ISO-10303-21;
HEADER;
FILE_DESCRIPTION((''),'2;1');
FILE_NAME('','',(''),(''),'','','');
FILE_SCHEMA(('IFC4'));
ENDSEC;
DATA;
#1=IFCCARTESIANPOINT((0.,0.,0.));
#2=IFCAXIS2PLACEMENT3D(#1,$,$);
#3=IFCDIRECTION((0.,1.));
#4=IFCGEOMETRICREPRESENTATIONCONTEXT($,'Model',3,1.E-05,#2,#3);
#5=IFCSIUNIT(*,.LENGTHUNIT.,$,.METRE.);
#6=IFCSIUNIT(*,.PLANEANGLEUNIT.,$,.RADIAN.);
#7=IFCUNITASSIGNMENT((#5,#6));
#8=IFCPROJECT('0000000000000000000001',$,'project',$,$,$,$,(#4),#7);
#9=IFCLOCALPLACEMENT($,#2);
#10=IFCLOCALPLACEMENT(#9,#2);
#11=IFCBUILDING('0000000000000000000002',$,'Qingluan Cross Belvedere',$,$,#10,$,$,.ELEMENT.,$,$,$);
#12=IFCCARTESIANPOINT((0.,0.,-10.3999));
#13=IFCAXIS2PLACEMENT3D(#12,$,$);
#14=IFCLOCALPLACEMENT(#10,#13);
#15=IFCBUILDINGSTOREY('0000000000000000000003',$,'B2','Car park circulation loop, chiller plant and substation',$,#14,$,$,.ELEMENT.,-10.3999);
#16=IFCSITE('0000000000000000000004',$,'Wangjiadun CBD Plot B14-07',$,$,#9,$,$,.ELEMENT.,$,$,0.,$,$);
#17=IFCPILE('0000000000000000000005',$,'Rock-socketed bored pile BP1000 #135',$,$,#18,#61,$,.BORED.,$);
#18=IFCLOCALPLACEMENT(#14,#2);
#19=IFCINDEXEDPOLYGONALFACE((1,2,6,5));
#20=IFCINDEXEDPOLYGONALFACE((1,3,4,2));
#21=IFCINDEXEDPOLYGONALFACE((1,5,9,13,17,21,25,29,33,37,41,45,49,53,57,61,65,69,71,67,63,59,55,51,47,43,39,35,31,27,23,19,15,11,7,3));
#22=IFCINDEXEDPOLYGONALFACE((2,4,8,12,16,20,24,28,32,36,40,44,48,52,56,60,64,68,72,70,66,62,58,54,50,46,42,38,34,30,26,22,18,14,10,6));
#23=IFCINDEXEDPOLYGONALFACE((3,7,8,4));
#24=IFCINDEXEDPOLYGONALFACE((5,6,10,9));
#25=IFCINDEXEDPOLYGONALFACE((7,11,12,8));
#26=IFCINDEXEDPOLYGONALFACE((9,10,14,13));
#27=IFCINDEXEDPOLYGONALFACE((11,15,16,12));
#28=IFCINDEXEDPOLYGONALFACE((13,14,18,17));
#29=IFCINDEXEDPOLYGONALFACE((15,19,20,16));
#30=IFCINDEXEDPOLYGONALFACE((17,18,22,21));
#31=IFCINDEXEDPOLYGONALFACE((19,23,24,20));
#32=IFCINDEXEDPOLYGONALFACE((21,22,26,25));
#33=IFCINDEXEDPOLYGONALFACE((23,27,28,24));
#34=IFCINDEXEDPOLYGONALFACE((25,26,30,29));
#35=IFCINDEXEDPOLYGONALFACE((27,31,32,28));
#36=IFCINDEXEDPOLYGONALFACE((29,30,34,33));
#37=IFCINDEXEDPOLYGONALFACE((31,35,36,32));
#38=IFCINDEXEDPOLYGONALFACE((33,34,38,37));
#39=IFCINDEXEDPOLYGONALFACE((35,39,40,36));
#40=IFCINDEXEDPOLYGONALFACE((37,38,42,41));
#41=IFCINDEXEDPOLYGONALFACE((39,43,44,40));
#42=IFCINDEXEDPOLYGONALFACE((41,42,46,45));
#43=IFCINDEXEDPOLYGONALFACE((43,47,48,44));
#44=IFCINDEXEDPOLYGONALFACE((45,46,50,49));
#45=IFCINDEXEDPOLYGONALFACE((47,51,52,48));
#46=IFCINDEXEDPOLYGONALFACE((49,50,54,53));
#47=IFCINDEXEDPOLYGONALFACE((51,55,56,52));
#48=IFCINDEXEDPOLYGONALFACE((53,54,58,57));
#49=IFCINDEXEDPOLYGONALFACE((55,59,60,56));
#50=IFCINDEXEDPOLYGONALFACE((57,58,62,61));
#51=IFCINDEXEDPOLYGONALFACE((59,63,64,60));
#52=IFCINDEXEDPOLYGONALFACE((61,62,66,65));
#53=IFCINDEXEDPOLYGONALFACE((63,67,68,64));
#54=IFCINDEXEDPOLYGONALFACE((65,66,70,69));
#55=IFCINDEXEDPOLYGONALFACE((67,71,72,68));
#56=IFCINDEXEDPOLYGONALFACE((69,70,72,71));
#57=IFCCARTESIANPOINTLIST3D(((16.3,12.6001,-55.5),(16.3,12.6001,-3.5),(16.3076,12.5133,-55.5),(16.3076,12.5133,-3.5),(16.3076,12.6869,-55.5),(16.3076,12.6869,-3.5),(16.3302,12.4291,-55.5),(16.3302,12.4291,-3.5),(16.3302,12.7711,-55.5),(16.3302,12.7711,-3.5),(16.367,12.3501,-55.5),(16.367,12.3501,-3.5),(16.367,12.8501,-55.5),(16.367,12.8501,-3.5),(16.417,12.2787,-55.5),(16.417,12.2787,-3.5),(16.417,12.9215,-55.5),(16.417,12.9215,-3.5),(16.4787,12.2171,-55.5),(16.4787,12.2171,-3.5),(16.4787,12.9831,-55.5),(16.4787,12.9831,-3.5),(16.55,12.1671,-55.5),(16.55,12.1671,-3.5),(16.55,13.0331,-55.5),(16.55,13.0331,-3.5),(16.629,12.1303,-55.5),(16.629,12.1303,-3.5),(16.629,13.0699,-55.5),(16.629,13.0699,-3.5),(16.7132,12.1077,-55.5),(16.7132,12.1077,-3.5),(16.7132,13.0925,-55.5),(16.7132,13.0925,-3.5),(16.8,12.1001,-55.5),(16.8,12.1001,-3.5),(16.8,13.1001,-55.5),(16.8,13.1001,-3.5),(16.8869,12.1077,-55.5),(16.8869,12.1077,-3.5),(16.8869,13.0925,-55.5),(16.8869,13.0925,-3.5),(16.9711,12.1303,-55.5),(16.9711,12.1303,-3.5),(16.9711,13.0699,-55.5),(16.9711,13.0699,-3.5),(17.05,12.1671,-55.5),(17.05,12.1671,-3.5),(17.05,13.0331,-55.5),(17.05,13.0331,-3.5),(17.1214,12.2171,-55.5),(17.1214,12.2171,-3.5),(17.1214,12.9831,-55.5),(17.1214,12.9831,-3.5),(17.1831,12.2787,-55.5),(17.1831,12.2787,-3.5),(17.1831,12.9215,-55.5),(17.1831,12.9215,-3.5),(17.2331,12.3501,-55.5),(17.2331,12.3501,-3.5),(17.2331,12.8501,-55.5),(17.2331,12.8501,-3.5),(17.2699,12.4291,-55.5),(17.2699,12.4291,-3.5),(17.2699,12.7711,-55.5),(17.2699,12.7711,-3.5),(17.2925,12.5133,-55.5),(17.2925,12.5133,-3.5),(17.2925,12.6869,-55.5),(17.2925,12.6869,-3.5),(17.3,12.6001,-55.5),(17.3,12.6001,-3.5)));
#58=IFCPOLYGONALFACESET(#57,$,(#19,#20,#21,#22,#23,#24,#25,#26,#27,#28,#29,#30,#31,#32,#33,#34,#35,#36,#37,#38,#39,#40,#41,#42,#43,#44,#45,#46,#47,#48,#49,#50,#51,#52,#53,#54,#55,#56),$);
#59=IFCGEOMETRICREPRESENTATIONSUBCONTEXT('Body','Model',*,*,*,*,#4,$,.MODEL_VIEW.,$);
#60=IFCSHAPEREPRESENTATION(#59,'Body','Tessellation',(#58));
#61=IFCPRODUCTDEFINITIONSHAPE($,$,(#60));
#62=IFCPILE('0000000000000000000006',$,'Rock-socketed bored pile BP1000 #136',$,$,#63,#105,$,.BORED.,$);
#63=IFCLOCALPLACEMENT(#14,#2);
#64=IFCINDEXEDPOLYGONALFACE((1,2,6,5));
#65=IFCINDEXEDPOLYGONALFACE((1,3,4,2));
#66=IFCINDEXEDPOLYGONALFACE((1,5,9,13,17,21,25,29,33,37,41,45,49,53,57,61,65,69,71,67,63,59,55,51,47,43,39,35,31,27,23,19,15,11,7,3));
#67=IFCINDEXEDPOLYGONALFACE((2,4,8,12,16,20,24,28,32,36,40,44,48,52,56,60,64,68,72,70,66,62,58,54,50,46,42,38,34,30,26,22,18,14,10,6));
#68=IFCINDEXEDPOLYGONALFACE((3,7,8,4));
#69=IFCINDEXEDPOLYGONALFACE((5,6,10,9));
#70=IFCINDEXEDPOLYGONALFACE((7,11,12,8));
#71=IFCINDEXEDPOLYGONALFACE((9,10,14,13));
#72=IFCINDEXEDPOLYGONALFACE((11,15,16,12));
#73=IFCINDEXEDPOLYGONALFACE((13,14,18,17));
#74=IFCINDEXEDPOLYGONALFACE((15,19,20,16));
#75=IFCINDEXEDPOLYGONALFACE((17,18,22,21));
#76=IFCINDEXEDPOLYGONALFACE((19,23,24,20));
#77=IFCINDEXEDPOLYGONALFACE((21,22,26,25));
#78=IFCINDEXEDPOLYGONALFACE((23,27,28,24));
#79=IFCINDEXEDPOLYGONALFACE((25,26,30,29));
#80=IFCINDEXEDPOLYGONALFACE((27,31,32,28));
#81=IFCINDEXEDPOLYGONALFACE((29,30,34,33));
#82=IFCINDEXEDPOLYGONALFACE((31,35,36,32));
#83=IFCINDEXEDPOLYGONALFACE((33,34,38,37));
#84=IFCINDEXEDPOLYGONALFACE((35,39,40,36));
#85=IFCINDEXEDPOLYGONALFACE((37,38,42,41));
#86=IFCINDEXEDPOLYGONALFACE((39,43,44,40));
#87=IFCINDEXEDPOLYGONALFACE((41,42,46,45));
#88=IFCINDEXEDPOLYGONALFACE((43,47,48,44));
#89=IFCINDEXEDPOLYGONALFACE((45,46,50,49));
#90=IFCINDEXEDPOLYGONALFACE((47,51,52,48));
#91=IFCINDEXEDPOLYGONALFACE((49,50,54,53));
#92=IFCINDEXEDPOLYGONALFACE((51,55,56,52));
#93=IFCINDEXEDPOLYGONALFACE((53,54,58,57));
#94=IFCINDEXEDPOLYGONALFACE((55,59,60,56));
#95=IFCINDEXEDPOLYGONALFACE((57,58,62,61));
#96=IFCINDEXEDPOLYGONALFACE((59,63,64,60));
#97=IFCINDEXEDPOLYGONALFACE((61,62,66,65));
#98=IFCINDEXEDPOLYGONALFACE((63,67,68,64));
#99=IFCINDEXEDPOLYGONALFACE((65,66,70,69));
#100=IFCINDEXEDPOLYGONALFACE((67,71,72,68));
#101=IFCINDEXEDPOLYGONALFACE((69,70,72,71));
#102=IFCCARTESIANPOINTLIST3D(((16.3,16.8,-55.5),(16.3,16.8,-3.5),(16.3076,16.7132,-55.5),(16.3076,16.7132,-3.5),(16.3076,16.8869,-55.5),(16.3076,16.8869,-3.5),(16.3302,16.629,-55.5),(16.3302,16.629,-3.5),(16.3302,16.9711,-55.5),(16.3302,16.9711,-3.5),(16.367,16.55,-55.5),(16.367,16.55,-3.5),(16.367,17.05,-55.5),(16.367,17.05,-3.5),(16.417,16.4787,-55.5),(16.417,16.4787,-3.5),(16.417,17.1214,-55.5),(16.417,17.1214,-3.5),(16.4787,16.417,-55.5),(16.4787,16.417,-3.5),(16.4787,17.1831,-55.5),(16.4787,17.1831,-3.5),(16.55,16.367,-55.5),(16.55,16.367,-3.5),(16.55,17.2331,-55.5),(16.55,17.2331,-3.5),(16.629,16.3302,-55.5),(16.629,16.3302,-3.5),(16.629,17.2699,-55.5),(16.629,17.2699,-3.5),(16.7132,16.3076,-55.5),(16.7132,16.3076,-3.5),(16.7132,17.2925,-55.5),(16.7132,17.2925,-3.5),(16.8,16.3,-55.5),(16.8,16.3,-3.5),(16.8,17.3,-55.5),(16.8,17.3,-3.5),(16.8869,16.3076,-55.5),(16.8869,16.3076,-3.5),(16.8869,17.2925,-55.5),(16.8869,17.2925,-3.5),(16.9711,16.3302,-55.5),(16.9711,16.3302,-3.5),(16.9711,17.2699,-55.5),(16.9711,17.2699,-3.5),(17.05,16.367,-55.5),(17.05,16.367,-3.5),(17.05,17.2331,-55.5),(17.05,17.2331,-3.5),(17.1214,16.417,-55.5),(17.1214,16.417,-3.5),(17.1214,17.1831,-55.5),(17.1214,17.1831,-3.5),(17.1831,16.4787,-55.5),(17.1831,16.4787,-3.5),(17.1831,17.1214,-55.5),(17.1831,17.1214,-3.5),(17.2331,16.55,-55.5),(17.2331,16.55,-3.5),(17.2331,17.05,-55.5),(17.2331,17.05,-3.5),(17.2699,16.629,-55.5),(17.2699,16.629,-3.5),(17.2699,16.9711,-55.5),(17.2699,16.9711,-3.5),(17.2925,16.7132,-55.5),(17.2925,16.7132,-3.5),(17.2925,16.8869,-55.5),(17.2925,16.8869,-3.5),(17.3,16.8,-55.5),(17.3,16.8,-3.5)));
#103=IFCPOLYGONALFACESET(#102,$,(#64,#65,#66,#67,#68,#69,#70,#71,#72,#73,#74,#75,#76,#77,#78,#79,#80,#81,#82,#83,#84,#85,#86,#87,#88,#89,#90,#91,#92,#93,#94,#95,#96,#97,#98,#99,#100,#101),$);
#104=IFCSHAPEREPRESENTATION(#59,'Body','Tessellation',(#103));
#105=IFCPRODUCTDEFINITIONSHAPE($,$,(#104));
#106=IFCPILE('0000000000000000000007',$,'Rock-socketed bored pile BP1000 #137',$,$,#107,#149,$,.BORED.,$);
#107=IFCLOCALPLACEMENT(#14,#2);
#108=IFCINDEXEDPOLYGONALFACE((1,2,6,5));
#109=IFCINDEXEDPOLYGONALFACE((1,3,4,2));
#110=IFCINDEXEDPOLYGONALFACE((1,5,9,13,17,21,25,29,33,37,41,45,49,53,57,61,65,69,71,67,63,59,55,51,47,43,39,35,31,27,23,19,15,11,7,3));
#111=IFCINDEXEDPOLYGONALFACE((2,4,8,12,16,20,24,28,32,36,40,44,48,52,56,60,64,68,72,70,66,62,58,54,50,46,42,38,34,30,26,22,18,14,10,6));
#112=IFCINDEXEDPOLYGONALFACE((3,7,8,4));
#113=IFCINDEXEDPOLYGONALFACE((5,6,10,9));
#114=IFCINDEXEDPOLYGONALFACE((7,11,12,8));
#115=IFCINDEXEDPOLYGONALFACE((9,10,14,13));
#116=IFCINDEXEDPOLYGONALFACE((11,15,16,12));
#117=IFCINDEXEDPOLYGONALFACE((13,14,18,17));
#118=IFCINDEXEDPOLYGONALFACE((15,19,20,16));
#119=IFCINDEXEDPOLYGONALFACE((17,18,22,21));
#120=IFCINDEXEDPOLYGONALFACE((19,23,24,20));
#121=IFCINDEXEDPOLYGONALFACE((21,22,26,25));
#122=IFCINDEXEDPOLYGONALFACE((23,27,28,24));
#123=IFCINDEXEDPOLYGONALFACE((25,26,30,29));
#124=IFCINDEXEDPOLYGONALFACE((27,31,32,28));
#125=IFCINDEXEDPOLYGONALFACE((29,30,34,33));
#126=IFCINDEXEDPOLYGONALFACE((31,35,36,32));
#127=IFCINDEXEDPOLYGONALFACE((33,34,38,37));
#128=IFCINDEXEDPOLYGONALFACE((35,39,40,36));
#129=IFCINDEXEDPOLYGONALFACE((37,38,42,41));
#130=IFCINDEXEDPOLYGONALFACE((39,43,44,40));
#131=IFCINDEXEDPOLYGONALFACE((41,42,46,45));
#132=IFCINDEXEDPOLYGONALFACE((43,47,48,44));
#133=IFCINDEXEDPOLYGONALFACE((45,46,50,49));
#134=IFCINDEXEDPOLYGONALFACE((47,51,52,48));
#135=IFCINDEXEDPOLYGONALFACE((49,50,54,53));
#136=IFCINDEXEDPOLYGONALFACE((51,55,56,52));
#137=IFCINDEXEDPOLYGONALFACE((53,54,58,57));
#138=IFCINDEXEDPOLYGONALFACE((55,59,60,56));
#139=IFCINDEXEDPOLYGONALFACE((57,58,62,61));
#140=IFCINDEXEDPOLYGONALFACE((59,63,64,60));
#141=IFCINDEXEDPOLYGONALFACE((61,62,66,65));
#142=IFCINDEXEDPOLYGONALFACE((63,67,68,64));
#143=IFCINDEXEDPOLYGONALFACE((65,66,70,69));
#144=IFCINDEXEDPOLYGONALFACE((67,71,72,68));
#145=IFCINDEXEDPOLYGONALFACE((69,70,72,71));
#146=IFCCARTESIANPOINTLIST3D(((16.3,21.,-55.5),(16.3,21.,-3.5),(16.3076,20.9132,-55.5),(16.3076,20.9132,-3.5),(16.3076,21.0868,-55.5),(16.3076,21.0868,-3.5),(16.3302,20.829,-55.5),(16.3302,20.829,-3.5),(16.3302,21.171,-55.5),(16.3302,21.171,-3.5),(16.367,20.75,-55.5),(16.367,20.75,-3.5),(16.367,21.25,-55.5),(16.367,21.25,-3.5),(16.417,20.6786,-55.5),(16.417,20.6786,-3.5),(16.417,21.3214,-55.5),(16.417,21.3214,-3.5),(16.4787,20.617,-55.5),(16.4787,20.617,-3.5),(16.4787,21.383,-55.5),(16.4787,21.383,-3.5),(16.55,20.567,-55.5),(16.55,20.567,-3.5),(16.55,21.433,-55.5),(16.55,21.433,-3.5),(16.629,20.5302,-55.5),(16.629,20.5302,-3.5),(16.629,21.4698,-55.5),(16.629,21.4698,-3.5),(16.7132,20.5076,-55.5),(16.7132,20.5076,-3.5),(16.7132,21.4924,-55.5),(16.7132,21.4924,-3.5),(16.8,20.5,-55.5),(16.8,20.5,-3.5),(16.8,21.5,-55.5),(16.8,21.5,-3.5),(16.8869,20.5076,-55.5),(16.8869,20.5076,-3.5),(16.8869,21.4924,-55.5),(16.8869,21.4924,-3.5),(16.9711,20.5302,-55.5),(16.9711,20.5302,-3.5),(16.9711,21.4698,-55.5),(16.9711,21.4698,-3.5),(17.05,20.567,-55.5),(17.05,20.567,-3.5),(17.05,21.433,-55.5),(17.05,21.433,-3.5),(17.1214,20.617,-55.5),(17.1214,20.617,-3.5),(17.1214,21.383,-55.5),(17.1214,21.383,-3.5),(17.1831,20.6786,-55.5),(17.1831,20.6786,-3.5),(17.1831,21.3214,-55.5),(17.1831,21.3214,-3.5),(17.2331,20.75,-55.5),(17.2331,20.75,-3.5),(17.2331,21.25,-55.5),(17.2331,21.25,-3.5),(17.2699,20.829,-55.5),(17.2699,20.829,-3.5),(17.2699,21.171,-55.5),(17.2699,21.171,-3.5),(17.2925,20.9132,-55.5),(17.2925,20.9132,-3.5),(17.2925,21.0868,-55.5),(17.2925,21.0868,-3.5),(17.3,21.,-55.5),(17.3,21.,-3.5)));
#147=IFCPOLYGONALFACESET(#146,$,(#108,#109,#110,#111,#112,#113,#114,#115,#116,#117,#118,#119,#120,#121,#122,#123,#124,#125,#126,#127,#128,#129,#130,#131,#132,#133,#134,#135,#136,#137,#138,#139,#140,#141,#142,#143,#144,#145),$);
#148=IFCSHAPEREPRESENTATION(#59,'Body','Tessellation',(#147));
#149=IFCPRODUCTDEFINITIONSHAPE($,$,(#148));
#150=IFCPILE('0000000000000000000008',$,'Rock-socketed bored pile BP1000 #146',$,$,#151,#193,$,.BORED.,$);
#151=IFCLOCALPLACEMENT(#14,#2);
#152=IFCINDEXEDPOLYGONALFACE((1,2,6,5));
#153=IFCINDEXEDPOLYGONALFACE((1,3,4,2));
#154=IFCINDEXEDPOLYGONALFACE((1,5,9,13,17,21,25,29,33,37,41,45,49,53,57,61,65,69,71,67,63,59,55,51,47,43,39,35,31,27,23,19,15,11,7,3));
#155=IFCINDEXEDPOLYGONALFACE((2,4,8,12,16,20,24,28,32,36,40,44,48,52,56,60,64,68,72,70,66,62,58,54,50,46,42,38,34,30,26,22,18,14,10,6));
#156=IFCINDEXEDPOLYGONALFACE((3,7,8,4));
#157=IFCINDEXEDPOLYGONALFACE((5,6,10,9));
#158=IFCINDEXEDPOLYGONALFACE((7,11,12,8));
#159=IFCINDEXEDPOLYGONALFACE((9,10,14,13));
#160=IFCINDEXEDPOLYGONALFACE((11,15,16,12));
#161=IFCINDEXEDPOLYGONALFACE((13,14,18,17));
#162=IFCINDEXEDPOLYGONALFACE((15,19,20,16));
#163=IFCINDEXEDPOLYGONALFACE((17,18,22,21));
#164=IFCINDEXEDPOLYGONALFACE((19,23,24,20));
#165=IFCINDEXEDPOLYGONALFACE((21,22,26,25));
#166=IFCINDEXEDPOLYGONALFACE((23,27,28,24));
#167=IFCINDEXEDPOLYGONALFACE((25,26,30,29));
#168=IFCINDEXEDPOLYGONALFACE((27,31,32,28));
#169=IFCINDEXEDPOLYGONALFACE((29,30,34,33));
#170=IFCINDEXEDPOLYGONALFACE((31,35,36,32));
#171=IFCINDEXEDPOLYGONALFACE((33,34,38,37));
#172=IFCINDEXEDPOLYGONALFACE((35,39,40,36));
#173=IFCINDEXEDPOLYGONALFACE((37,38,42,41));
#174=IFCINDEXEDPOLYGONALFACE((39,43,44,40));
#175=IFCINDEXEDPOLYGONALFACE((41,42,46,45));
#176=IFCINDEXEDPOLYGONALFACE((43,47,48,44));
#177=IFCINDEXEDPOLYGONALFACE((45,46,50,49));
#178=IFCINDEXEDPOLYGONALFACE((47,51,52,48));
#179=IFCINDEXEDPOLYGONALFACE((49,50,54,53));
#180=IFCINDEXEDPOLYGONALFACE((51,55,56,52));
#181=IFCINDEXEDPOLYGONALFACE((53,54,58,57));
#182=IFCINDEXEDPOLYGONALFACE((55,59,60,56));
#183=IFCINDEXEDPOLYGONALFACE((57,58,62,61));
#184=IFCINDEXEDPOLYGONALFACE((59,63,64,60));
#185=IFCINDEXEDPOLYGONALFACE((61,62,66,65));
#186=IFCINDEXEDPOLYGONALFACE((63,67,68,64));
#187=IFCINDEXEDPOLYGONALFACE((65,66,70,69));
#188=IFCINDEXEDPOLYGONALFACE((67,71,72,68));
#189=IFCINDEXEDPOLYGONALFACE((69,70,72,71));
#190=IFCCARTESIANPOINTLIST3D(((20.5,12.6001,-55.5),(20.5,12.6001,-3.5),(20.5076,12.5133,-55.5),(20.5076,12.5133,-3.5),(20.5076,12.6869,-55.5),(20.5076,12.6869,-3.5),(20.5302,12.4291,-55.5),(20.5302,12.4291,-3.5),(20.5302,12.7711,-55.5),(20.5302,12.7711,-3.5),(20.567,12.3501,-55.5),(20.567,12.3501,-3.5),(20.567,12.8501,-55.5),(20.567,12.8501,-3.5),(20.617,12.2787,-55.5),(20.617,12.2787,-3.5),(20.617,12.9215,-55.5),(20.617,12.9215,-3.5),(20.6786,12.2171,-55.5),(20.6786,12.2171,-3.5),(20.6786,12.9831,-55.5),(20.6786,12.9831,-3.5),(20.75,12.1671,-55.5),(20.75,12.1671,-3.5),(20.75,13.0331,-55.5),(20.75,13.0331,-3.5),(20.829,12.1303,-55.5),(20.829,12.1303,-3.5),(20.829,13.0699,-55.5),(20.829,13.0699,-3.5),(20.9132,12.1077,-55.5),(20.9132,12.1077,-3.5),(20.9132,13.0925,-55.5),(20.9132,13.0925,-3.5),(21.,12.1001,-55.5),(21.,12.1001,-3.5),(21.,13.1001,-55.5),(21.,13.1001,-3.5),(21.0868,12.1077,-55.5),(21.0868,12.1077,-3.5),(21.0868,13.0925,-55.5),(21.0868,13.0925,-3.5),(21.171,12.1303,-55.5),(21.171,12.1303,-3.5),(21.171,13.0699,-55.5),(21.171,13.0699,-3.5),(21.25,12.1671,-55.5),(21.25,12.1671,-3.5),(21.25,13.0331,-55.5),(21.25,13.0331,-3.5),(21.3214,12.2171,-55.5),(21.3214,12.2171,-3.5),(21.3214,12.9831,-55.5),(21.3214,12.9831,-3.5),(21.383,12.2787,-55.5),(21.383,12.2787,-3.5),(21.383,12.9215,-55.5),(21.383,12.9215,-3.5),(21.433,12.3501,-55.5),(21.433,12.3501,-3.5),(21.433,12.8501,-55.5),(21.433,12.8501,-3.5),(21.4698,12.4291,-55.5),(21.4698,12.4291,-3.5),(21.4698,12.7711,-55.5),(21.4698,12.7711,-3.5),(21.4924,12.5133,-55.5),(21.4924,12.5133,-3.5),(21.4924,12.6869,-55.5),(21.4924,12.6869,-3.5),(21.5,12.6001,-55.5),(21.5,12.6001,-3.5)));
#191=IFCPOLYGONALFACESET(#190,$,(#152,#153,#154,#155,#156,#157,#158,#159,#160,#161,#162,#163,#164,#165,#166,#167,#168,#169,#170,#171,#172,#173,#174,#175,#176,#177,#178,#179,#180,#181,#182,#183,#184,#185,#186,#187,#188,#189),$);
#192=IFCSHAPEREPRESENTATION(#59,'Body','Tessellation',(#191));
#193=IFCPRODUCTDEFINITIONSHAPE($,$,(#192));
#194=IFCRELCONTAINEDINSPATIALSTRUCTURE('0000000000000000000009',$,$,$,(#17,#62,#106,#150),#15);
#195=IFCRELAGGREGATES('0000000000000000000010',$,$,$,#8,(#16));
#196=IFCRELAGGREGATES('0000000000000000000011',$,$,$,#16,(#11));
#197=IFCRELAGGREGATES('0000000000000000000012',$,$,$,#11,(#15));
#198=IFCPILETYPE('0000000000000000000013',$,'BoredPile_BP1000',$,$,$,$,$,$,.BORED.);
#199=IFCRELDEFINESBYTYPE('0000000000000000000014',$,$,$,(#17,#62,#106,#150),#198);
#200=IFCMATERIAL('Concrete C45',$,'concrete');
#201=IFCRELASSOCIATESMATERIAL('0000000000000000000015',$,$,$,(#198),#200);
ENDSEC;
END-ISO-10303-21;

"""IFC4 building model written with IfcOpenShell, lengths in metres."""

from ifc_helpers import new_model, si_unit, direction, frame, origin, origin_2d, place, context, subcontext, project, spatial, circle, extrude, material, material_profile, profile_set, type_object, element, save


model = new_model("IFC4")

# Units and contexts
model_context = context("Model", 3, precision=1e-05, world=origin(), true_north=direction((0.0, 1.0)))
body_context = subcontext(model_context, "Body", "Model", "MODEL_VIEW")
ifc_project = project(units=[si_unit("LENGTHUNIT", "METRE"), si_unit("PLANEANGLEUNIT", "RADIAN")], contexts=[model_context])

# Site, building, storey
site_placement = place(None, origin())
site = spatial("IfcSite", under=ifc_project, at=site_placement, Name="Wangjiadun CBD Plot B14-07", CompositionType="ELEMENT", RefElevation=0.0)
building_placement = place(site_placement, origin())
building = spatial("IfcBuilding", under=site, at=building_placement, Name="Qingluan Cross Belvedere", CompositionType="ELEMENT")
storey_placement = place(building_placement, frame((0.0, 0.0, -10.3999)))
storey = spatial("IfcBuildingStorey", under=building, at=storey_placement, Name="B2", Description="Car park circulation loop, chiller plant and substation", CompositionType="ELEMENT", Elevation=-10.3999)

# Piles
ifc_material_1 = material(Name="Concrete C45", Category="concrete")
ifc_material_profile_1 = material_profile(ifc_material_1, circle(Radius=0.5, at=origin_2d()), Name="BP1000")
ifc_profile_set_1 = profile_set([ifc_material_profile_1], Name="Concrete C45")
pile_type_1 = type_object("IfcPileType", Name="BoredPile_BP1000", PredefinedType="BORED", material=ifc_profile_set_1)
for number, where, z_axis, x_axis, name in (
    (1, (16.8, 12.6001, -3.5), (0.0, 0.0, -1.0), (1.0, 0.0, 0.0), "Rock-socketed bored pile BP1000 #135"),
    (2, (16.8, 16.8, -3.5), (0.0, 0.0, -1.0), (1.0, 0.0, 0.0), "Rock-socketed bored pile BP1000 #136"),
    (3, (16.8, 21.0, -3.5), (0.0, 0.0, -1.0), (1.0, 0.0, 0.0), "Rock-socketed bored pile BP1000 #137"),
    (4, (21.0, 12.6001, -3.5), (0.0, 0.0, -1.0), (1.0, 0.0, 0.0), "Rock-socketed bored pile BP1000 #146"),
):
    element("IfcPile", number, at=place(storey_placement, frame(where, z_axis=z_axis, x_axis=x_axis)), inside=storey, type_object=pile_type_1, Name=name, PredefinedType="BORED", context=body_context, shape_type="SweptSolid", body=[
        extrude(circle(Radius=0.5, at=origin_2d()), origin(), (0.0, 0.0, 1.0), 52.0),
    ])

save(model, "model.ifc")
